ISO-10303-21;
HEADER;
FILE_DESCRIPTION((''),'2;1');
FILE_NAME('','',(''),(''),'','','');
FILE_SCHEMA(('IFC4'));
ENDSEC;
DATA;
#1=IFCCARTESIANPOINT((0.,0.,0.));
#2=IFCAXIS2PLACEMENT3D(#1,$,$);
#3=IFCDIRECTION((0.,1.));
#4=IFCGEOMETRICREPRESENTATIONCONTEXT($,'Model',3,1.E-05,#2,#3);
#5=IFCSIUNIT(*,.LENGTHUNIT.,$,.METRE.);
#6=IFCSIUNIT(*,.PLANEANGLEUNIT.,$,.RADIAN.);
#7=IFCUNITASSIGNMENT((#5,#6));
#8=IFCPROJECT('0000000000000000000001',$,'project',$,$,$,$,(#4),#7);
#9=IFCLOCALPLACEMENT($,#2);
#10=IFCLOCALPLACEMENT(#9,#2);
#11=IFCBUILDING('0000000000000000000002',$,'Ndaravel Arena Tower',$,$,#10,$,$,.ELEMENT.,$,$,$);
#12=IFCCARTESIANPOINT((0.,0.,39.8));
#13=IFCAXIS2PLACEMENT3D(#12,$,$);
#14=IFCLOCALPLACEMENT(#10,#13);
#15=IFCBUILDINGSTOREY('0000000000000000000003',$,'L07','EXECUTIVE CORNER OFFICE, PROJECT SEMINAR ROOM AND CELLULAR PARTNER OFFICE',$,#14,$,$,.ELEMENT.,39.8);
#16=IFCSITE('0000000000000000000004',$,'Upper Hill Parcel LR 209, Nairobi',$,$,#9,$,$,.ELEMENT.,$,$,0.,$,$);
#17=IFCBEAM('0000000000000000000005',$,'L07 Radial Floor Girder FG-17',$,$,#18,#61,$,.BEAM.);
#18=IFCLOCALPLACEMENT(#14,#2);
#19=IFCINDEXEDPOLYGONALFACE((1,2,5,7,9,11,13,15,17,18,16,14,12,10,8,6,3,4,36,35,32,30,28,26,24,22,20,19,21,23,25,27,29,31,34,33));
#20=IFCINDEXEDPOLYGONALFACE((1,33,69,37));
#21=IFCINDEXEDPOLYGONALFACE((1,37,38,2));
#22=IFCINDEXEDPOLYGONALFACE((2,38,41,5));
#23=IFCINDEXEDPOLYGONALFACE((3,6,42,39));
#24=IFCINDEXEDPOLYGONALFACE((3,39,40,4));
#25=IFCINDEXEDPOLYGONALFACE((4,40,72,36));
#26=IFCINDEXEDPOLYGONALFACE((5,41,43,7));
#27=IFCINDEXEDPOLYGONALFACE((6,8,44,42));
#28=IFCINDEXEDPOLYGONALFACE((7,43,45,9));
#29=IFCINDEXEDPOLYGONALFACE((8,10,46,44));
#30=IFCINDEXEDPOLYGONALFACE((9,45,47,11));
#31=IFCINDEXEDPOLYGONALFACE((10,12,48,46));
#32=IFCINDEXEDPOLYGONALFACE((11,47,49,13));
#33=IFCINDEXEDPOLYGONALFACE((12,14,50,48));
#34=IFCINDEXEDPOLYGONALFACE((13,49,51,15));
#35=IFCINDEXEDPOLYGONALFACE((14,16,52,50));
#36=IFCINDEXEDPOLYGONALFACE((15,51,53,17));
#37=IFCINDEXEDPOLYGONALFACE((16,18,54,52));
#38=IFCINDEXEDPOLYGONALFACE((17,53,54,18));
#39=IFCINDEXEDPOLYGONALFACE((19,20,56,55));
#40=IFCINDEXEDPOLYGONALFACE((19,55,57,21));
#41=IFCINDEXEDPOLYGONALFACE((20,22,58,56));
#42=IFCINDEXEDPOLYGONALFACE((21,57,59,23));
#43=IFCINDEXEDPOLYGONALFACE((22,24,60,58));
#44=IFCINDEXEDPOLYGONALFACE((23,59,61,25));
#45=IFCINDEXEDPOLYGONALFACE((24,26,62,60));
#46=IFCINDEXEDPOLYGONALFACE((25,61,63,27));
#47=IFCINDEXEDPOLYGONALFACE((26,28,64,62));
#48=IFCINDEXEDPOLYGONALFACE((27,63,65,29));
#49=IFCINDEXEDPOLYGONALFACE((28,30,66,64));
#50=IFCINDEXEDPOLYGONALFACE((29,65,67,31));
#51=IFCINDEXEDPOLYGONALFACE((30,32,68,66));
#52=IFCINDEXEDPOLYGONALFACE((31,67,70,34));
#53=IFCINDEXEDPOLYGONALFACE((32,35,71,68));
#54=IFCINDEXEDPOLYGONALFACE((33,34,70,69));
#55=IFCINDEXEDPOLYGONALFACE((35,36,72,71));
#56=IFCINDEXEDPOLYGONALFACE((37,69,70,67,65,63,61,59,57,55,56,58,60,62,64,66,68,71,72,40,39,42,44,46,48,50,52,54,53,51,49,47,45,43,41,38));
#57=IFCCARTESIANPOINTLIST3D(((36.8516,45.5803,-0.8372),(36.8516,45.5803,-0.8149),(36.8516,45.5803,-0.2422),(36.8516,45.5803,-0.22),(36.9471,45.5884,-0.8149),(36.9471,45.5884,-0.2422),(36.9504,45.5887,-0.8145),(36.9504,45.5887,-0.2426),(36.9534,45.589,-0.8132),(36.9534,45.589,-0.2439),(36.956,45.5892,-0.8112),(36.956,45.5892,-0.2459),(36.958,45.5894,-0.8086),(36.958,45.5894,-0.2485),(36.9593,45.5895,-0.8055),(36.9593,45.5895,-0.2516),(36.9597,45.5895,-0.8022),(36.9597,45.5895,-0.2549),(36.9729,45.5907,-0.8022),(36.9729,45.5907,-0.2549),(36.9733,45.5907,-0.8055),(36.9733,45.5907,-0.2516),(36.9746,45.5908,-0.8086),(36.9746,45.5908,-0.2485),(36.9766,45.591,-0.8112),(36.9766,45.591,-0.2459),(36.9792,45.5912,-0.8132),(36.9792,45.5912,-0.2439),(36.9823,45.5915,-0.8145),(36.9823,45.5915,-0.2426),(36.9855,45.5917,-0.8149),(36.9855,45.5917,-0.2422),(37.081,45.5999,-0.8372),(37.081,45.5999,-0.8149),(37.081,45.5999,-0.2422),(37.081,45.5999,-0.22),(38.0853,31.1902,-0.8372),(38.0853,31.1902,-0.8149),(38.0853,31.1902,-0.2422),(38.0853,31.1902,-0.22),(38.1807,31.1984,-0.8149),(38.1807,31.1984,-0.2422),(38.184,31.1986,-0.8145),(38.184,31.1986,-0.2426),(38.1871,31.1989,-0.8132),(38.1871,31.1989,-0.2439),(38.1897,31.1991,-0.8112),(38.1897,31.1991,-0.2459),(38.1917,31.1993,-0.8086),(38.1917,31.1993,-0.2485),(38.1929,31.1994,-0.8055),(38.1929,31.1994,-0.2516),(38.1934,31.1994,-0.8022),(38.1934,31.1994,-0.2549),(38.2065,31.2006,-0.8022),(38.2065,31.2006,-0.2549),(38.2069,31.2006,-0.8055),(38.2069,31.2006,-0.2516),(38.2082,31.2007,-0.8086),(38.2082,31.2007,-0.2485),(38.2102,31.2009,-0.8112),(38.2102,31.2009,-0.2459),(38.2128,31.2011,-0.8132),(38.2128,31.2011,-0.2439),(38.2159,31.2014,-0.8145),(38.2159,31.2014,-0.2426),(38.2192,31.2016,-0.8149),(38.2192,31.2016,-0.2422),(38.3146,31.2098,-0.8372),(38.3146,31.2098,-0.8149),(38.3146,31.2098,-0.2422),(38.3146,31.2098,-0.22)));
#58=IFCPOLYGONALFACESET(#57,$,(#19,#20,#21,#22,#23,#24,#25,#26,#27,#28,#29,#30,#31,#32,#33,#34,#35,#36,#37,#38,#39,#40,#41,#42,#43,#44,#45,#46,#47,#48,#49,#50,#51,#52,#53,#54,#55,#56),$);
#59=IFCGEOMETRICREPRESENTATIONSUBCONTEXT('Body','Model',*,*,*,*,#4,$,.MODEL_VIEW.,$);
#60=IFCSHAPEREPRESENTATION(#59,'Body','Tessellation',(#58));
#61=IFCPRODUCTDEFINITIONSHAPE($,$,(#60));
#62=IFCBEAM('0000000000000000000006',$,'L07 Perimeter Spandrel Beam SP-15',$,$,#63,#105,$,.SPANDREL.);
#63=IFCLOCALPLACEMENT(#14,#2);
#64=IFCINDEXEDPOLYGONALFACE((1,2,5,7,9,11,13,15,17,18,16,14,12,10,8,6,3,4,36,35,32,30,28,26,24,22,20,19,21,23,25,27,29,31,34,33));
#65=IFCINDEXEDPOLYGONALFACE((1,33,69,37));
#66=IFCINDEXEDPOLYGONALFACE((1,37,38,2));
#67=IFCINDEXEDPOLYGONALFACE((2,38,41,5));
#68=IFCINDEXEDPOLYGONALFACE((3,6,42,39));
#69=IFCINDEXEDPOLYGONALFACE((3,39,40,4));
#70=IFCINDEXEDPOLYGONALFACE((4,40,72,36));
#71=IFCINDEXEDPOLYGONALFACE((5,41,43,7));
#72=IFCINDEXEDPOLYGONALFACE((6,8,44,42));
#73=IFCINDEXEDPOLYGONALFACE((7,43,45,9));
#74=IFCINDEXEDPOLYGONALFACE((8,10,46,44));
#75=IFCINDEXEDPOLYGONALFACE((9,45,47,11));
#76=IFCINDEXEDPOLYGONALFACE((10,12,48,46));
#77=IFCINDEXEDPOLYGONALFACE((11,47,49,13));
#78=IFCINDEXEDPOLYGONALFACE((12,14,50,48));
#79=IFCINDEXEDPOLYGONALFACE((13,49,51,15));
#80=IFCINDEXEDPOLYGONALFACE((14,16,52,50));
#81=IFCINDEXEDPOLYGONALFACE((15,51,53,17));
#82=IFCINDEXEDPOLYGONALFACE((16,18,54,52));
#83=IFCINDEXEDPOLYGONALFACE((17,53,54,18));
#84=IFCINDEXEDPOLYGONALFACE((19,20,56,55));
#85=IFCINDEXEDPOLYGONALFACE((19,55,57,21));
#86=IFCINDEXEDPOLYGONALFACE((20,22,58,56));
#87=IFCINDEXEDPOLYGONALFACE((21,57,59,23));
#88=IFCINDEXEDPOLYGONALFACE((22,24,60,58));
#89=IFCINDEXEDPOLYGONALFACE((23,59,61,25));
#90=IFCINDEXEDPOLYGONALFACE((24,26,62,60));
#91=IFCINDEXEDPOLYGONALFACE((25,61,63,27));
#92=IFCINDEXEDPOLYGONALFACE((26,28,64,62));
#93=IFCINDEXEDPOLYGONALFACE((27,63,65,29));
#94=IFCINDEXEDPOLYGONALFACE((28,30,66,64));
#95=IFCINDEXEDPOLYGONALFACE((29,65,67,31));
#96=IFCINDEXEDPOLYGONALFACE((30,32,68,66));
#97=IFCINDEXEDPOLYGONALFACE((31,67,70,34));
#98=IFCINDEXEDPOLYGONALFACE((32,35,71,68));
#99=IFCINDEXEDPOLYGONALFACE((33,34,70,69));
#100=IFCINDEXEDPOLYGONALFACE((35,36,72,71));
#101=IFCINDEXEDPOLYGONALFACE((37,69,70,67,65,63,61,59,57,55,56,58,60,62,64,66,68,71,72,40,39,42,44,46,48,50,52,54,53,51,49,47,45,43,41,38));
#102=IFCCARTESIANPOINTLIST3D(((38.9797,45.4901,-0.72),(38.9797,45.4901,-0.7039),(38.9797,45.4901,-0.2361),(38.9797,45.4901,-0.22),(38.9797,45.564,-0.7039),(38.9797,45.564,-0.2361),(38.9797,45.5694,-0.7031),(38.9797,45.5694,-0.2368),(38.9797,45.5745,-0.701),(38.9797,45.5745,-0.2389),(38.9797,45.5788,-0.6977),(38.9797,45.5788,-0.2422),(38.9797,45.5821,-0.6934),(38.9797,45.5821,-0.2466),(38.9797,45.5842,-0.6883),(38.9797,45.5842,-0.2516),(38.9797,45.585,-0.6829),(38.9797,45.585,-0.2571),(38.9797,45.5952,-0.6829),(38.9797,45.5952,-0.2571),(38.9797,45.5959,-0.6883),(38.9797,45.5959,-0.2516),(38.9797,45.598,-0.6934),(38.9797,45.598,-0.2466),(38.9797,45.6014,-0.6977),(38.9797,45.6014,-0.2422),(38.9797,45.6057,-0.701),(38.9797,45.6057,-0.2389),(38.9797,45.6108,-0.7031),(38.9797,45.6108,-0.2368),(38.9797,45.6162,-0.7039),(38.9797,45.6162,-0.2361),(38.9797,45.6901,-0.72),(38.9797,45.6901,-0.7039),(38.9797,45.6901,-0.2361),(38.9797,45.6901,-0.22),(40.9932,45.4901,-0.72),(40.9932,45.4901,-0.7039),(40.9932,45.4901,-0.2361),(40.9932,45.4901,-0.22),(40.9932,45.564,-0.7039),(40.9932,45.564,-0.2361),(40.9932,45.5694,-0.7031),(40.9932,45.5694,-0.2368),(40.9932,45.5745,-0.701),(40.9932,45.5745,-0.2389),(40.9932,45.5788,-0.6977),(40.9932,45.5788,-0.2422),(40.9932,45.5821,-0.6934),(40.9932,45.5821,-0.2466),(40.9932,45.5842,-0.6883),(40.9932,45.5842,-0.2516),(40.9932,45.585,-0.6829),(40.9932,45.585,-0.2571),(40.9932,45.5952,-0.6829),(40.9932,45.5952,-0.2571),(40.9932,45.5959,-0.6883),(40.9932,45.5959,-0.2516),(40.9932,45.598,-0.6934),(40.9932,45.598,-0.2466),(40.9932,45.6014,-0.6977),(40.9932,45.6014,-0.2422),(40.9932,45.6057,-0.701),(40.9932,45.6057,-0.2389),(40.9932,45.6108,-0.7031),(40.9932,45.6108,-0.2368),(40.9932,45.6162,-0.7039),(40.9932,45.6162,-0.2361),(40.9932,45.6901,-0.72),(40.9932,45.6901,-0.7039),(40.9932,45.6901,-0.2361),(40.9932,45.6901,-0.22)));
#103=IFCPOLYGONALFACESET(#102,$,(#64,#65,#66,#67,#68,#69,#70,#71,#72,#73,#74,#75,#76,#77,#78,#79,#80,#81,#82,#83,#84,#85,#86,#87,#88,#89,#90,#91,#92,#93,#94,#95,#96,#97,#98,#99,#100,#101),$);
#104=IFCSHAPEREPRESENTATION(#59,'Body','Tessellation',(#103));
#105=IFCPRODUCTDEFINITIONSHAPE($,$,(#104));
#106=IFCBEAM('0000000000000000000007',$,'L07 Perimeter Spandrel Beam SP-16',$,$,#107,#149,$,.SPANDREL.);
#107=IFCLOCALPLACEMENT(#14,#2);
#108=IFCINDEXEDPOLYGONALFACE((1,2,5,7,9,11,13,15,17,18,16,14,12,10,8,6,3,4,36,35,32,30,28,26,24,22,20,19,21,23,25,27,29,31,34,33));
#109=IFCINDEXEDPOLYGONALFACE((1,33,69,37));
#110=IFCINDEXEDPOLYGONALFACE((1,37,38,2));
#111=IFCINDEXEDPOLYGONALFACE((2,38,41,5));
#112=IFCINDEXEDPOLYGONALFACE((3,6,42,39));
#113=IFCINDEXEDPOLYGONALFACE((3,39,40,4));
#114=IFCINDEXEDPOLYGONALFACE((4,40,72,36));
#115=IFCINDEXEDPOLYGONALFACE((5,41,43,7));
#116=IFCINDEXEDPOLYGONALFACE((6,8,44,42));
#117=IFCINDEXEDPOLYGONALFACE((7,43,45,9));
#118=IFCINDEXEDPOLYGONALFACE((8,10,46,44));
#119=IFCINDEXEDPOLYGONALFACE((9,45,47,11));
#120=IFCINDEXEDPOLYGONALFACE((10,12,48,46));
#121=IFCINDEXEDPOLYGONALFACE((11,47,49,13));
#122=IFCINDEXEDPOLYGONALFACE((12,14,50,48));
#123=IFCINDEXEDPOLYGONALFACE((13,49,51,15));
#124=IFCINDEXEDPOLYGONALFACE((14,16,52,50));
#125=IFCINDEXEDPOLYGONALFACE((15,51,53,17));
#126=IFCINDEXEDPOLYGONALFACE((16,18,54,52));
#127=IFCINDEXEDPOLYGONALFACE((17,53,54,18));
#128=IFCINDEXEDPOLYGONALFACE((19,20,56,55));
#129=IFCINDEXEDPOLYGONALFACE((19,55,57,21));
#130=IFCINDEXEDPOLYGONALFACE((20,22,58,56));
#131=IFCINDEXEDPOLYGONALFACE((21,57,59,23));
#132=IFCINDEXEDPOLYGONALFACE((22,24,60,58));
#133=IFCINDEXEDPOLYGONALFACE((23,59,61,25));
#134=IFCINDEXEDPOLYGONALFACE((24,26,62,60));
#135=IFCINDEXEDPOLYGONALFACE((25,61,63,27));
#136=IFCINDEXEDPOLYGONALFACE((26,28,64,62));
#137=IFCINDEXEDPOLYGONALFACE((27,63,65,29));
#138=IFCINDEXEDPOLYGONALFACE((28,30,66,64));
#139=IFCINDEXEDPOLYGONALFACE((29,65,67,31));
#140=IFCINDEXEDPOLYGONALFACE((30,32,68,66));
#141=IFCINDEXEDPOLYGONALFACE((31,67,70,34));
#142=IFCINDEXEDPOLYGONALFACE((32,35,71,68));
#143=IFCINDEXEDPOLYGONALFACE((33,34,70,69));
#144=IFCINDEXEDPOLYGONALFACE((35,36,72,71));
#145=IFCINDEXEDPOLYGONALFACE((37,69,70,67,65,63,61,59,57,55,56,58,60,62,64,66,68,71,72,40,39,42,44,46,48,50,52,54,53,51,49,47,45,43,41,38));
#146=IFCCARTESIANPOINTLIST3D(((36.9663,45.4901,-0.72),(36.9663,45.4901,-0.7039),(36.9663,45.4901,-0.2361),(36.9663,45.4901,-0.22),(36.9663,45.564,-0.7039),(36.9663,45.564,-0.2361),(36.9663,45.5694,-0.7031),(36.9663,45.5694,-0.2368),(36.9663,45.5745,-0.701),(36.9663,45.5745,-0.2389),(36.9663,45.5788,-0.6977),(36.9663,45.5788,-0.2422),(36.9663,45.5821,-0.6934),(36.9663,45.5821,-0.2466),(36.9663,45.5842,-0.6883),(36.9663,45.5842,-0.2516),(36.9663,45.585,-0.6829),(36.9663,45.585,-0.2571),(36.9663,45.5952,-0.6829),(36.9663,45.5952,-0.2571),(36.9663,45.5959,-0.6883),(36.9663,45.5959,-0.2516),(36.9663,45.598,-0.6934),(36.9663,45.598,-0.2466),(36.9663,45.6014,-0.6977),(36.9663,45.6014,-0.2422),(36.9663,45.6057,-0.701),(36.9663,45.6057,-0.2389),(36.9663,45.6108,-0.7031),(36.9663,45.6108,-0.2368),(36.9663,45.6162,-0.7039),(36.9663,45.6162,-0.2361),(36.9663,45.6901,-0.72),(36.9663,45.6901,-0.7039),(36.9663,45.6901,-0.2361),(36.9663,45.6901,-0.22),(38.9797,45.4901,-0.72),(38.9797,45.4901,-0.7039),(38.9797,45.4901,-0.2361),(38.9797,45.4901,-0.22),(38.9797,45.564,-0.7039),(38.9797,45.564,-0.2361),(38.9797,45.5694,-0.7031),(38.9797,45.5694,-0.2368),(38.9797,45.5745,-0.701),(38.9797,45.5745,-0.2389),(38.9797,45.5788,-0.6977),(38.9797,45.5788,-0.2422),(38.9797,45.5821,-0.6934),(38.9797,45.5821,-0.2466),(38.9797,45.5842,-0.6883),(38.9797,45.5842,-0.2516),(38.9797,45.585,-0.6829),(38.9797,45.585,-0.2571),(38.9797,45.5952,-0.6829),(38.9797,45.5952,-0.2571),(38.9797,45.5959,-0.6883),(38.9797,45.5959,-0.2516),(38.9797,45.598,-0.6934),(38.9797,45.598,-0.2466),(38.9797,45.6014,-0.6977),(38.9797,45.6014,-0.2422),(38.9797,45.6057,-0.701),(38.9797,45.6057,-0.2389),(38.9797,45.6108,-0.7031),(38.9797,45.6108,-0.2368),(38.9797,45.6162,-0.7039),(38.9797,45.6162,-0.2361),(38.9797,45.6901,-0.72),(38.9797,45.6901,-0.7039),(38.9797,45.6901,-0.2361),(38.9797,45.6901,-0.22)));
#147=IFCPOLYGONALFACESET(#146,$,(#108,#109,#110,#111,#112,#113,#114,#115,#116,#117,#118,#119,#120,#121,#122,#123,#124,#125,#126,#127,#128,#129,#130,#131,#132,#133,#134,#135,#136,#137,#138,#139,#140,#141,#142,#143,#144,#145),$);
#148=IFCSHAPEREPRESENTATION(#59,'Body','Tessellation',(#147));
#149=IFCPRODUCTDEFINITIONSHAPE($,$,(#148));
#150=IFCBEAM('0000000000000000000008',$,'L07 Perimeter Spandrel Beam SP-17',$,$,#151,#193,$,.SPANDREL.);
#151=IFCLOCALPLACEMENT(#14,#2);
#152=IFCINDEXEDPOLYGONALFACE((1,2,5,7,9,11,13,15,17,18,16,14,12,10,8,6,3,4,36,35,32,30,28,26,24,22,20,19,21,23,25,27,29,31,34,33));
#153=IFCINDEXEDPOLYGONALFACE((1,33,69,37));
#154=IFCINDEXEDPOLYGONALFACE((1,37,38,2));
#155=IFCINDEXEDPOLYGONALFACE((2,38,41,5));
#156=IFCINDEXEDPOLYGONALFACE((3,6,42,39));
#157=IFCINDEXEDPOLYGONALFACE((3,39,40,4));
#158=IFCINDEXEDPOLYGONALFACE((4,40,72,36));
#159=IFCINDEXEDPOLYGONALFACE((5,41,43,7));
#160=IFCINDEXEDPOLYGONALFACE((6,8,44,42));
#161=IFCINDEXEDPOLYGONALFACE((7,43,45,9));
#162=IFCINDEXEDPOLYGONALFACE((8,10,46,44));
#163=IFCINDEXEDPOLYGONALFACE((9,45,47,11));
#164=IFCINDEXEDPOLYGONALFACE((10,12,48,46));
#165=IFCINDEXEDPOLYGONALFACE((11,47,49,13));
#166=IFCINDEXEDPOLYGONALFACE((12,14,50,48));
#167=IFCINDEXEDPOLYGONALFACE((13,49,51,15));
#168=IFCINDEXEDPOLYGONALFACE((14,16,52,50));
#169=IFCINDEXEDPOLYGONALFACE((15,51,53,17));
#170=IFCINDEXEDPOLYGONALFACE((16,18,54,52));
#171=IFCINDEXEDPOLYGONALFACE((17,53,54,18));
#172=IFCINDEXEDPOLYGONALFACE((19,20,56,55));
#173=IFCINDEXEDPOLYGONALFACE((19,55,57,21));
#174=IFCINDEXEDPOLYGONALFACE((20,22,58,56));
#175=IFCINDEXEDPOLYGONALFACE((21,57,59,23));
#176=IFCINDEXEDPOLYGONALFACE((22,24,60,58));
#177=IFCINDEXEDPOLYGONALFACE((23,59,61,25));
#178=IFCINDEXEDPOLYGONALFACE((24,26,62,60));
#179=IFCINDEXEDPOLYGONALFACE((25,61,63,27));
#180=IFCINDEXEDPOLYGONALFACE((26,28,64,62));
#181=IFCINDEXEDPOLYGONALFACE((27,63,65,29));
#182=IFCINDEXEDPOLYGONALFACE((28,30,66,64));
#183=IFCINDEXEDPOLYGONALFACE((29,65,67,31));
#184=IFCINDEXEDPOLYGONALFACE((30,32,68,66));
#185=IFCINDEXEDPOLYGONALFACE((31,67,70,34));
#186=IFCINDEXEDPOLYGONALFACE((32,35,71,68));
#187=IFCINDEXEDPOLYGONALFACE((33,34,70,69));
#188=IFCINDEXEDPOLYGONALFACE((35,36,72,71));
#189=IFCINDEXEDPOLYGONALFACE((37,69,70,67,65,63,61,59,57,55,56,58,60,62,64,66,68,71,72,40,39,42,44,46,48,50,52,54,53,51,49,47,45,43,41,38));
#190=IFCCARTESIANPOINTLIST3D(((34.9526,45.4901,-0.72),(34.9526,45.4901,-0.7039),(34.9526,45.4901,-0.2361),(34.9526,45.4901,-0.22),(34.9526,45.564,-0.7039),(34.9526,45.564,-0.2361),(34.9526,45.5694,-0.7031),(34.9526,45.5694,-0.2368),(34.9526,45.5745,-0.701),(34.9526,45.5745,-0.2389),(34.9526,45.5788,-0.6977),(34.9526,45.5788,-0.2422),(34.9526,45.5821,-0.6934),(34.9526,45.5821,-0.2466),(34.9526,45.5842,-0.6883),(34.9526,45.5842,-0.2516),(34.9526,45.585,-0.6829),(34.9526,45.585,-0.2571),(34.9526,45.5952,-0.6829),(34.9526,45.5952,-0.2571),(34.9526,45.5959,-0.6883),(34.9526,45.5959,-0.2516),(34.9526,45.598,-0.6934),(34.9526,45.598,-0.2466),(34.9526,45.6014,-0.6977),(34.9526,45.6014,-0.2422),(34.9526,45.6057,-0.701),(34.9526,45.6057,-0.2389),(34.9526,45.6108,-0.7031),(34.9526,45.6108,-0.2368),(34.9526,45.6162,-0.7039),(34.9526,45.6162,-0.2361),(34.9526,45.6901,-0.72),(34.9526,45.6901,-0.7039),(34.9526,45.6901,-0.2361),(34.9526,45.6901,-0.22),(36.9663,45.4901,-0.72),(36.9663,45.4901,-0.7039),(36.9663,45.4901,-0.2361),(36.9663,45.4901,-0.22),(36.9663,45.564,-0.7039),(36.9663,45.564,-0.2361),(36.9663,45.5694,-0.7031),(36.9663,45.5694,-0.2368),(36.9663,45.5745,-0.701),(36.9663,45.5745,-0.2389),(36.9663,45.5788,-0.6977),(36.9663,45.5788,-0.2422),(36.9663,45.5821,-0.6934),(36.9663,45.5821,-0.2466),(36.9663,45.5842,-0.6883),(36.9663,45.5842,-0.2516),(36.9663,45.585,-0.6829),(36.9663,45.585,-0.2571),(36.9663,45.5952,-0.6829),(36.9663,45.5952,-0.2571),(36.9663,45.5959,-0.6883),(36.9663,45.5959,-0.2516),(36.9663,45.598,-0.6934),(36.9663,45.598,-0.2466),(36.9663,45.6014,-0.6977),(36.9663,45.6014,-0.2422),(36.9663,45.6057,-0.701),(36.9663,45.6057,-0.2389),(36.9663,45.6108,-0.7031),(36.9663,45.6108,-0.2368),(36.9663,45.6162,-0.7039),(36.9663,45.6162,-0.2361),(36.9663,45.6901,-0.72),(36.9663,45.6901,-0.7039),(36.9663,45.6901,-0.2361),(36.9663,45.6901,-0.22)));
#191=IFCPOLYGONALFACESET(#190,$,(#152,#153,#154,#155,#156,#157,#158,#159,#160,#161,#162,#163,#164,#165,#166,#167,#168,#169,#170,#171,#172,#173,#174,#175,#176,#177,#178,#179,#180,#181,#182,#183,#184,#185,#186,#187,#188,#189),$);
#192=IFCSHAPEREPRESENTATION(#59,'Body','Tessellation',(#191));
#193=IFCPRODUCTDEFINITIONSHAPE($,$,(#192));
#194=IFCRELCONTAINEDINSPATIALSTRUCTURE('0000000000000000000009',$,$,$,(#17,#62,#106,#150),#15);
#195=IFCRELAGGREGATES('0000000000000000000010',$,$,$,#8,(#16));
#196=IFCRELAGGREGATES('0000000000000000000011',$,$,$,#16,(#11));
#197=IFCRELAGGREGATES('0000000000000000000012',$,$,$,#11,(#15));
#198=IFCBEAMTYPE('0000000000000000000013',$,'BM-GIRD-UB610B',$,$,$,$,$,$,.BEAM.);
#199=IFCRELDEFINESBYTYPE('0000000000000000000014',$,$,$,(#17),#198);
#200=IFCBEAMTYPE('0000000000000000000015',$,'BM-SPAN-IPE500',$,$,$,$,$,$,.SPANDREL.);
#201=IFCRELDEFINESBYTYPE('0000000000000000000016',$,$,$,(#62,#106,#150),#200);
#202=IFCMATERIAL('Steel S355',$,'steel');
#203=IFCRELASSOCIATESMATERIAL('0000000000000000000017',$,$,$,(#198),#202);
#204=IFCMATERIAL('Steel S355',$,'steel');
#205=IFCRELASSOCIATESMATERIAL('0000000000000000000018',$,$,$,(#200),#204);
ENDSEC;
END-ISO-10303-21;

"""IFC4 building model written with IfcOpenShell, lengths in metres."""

from ifc_helpers import new_model, si_unit, direction, frame, origin, origin_2d, place, context, subcontext, project, spatial, i_section, extrude, material, material_profile, profile_set, type_object, element, save


model = new_model("IFC4")

# Units and contexts
model_context = context("Model", 3, precision=1e-05, world=origin(), true_north=direction((0.0, 1.0)))
body_context = subcontext(model_context, "Body", "Model", "MODEL_VIEW")
ifc_project = project(units=[si_unit("LENGTHUNIT", "METRE"), si_unit("PLANEANGLEUNIT", "RADIAN")], contexts=[model_context])

# Site, building, storey
site_placement = place(None, origin())
site = spatial("IfcSite", under=ifc_project, at=site_placement, Name="Upper Hill Parcel LR 209, Nairobi", CompositionType="ELEMENT", RefElevation=0.0)
building_placement = place(site_placement, origin())
building = spatial("IfcBuilding", under=site, at=building_placement, Name="Ndaravel Arena Tower", CompositionType="ELEMENT")
storey_placement = place(building_placement, frame((0.0, 0.0, 39.8)))
storey = spatial("IfcBuildingStorey", under=building, at=storey_placement, Name="L07", Description="EXECUTIVE CORNER OFFICE, PROJECT SEMINAR ROOM AND CELLULAR PARTNER OFFICE", CompositionType="ELEMENT", Elevation=39.8)

# Beams
ifc_material_1 = material(Name="Steel S355", Category="steel")
ifc_material_profile_1 = material_profile(ifc_material_1, i_section(OverallWidth=0.2302, OverallDepth=0.6172, WebThickness=0.0132, FlangeThickness=0.0222, FilletRadius=0.0127, at=origin_2d()), Name="UB 610x229x140")
ifc_profile_set_1 = profile_set([ifc_material_profile_1], Name="Steel S355")
beam_type_1 = type_object("IfcBeamType", Name="BM-GIRD-UB610B", PredefinedType="BEAM", material=ifc_profile_set_1)
beam_1_placement = place(storey_placement, frame((36.9663, 45.5901, -0.5286), z_axis=(0.085415, -0.996345, 0.0), x_axis=(0.996345, 0.085415, 0.0)))
element("IfcBeam", 1, at=beam_1_placement, inside=storey, type_object=beam_type_1, Name="L07 Radial Floor Girder FG-17", PredefinedType="BEAM", context=body_context, shape_type="SweptSolid", body=[
    extrude(i_section(OverallWidth=0.2302, OverallDepth=0.6172, WebThickness=0.0132, FlangeThickness=0.0222, FilletRadius=0.0127, at=origin_2d()), origin(), (0.0, 0.0, 1.0), 14.4429),
])
ifc_material_2 = material(Name="Steel S355", Category="steel")
ifc_material_profile_2 = material_profile(ifc_material_2, i_section(OverallWidth=0.2, OverallDepth=0.5, WebThickness=0.0103, FlangeThickness=0.0161, FilletRadius=0.021, at=origin_2d()), Name="IPE 500")
ifc_profile_set_2 = profile_set([ifc_material_profile_2], Name="Steel S355")
beam_type_2 = type_object("IfcBeamType", Name="BM-SPAN-IPE500", PredefinedType="SPANDREL", material=ifc_profile_set_2)
for number, where, z_axis, x_axis, name in (
    (2, (40.9932, 45.5901, -0.47), (-1.0, 0.0, 0.0), (0.0, -1.0, 0.0), "L07 Perimeter Spandrel Beam SP-15"),
    (3, (38.9797, 45.5901, -0.47), (-1.0, 0.0, 0.0), (0.0, -1.0, 0.0), "L07 Perimeter Spandrel Beam SP-16"),
):
    element("IfcBeam", number, at=place(storey_placement, frame(where, z_axis=z_axis, x_axis=x_axis)), inside=storey, type_object=beam_type_2, Name=name, PredefinedType="SPANDREL", context=body_context, shape_type="SweptSolid", body=[
        extrude(i_section(OverallWidth=0.2, OverallDepth=0.5, WebThickness=0.0103, FlangeThickness=0.0161, FilletRadius=0.021, at=origin_2d()), origin(), (0.0, 0.0, 1.0), 2.0134),
    ])
beam_2_placement = place(storey_placement, frame((36.9663, 45.5901, -0.47), z_axis=(-1.0, 0.0, 0.0), x_axis=(0.0, -1.0, 0.0)))
element("IfcBeam", 4, at=beam_2_placement, inside=storey, type_object=beam_type_2, Name="L07 Perimeter Spandrel Beam SP-17", PredefinedType="SPANDREL", context=body_context, shape_type="SweptSolid", body=[
    extrude(i_section(OverallWidth=0.2, OverallDepth=0.5, WebThickness=0.0103, FlangeThickness=0.0161, FilletRadius=0.021, at=origin_2d()), origin(), (0.0, 0.0, 1.0), 2.0137),
])

save(model, "model.ifc")
